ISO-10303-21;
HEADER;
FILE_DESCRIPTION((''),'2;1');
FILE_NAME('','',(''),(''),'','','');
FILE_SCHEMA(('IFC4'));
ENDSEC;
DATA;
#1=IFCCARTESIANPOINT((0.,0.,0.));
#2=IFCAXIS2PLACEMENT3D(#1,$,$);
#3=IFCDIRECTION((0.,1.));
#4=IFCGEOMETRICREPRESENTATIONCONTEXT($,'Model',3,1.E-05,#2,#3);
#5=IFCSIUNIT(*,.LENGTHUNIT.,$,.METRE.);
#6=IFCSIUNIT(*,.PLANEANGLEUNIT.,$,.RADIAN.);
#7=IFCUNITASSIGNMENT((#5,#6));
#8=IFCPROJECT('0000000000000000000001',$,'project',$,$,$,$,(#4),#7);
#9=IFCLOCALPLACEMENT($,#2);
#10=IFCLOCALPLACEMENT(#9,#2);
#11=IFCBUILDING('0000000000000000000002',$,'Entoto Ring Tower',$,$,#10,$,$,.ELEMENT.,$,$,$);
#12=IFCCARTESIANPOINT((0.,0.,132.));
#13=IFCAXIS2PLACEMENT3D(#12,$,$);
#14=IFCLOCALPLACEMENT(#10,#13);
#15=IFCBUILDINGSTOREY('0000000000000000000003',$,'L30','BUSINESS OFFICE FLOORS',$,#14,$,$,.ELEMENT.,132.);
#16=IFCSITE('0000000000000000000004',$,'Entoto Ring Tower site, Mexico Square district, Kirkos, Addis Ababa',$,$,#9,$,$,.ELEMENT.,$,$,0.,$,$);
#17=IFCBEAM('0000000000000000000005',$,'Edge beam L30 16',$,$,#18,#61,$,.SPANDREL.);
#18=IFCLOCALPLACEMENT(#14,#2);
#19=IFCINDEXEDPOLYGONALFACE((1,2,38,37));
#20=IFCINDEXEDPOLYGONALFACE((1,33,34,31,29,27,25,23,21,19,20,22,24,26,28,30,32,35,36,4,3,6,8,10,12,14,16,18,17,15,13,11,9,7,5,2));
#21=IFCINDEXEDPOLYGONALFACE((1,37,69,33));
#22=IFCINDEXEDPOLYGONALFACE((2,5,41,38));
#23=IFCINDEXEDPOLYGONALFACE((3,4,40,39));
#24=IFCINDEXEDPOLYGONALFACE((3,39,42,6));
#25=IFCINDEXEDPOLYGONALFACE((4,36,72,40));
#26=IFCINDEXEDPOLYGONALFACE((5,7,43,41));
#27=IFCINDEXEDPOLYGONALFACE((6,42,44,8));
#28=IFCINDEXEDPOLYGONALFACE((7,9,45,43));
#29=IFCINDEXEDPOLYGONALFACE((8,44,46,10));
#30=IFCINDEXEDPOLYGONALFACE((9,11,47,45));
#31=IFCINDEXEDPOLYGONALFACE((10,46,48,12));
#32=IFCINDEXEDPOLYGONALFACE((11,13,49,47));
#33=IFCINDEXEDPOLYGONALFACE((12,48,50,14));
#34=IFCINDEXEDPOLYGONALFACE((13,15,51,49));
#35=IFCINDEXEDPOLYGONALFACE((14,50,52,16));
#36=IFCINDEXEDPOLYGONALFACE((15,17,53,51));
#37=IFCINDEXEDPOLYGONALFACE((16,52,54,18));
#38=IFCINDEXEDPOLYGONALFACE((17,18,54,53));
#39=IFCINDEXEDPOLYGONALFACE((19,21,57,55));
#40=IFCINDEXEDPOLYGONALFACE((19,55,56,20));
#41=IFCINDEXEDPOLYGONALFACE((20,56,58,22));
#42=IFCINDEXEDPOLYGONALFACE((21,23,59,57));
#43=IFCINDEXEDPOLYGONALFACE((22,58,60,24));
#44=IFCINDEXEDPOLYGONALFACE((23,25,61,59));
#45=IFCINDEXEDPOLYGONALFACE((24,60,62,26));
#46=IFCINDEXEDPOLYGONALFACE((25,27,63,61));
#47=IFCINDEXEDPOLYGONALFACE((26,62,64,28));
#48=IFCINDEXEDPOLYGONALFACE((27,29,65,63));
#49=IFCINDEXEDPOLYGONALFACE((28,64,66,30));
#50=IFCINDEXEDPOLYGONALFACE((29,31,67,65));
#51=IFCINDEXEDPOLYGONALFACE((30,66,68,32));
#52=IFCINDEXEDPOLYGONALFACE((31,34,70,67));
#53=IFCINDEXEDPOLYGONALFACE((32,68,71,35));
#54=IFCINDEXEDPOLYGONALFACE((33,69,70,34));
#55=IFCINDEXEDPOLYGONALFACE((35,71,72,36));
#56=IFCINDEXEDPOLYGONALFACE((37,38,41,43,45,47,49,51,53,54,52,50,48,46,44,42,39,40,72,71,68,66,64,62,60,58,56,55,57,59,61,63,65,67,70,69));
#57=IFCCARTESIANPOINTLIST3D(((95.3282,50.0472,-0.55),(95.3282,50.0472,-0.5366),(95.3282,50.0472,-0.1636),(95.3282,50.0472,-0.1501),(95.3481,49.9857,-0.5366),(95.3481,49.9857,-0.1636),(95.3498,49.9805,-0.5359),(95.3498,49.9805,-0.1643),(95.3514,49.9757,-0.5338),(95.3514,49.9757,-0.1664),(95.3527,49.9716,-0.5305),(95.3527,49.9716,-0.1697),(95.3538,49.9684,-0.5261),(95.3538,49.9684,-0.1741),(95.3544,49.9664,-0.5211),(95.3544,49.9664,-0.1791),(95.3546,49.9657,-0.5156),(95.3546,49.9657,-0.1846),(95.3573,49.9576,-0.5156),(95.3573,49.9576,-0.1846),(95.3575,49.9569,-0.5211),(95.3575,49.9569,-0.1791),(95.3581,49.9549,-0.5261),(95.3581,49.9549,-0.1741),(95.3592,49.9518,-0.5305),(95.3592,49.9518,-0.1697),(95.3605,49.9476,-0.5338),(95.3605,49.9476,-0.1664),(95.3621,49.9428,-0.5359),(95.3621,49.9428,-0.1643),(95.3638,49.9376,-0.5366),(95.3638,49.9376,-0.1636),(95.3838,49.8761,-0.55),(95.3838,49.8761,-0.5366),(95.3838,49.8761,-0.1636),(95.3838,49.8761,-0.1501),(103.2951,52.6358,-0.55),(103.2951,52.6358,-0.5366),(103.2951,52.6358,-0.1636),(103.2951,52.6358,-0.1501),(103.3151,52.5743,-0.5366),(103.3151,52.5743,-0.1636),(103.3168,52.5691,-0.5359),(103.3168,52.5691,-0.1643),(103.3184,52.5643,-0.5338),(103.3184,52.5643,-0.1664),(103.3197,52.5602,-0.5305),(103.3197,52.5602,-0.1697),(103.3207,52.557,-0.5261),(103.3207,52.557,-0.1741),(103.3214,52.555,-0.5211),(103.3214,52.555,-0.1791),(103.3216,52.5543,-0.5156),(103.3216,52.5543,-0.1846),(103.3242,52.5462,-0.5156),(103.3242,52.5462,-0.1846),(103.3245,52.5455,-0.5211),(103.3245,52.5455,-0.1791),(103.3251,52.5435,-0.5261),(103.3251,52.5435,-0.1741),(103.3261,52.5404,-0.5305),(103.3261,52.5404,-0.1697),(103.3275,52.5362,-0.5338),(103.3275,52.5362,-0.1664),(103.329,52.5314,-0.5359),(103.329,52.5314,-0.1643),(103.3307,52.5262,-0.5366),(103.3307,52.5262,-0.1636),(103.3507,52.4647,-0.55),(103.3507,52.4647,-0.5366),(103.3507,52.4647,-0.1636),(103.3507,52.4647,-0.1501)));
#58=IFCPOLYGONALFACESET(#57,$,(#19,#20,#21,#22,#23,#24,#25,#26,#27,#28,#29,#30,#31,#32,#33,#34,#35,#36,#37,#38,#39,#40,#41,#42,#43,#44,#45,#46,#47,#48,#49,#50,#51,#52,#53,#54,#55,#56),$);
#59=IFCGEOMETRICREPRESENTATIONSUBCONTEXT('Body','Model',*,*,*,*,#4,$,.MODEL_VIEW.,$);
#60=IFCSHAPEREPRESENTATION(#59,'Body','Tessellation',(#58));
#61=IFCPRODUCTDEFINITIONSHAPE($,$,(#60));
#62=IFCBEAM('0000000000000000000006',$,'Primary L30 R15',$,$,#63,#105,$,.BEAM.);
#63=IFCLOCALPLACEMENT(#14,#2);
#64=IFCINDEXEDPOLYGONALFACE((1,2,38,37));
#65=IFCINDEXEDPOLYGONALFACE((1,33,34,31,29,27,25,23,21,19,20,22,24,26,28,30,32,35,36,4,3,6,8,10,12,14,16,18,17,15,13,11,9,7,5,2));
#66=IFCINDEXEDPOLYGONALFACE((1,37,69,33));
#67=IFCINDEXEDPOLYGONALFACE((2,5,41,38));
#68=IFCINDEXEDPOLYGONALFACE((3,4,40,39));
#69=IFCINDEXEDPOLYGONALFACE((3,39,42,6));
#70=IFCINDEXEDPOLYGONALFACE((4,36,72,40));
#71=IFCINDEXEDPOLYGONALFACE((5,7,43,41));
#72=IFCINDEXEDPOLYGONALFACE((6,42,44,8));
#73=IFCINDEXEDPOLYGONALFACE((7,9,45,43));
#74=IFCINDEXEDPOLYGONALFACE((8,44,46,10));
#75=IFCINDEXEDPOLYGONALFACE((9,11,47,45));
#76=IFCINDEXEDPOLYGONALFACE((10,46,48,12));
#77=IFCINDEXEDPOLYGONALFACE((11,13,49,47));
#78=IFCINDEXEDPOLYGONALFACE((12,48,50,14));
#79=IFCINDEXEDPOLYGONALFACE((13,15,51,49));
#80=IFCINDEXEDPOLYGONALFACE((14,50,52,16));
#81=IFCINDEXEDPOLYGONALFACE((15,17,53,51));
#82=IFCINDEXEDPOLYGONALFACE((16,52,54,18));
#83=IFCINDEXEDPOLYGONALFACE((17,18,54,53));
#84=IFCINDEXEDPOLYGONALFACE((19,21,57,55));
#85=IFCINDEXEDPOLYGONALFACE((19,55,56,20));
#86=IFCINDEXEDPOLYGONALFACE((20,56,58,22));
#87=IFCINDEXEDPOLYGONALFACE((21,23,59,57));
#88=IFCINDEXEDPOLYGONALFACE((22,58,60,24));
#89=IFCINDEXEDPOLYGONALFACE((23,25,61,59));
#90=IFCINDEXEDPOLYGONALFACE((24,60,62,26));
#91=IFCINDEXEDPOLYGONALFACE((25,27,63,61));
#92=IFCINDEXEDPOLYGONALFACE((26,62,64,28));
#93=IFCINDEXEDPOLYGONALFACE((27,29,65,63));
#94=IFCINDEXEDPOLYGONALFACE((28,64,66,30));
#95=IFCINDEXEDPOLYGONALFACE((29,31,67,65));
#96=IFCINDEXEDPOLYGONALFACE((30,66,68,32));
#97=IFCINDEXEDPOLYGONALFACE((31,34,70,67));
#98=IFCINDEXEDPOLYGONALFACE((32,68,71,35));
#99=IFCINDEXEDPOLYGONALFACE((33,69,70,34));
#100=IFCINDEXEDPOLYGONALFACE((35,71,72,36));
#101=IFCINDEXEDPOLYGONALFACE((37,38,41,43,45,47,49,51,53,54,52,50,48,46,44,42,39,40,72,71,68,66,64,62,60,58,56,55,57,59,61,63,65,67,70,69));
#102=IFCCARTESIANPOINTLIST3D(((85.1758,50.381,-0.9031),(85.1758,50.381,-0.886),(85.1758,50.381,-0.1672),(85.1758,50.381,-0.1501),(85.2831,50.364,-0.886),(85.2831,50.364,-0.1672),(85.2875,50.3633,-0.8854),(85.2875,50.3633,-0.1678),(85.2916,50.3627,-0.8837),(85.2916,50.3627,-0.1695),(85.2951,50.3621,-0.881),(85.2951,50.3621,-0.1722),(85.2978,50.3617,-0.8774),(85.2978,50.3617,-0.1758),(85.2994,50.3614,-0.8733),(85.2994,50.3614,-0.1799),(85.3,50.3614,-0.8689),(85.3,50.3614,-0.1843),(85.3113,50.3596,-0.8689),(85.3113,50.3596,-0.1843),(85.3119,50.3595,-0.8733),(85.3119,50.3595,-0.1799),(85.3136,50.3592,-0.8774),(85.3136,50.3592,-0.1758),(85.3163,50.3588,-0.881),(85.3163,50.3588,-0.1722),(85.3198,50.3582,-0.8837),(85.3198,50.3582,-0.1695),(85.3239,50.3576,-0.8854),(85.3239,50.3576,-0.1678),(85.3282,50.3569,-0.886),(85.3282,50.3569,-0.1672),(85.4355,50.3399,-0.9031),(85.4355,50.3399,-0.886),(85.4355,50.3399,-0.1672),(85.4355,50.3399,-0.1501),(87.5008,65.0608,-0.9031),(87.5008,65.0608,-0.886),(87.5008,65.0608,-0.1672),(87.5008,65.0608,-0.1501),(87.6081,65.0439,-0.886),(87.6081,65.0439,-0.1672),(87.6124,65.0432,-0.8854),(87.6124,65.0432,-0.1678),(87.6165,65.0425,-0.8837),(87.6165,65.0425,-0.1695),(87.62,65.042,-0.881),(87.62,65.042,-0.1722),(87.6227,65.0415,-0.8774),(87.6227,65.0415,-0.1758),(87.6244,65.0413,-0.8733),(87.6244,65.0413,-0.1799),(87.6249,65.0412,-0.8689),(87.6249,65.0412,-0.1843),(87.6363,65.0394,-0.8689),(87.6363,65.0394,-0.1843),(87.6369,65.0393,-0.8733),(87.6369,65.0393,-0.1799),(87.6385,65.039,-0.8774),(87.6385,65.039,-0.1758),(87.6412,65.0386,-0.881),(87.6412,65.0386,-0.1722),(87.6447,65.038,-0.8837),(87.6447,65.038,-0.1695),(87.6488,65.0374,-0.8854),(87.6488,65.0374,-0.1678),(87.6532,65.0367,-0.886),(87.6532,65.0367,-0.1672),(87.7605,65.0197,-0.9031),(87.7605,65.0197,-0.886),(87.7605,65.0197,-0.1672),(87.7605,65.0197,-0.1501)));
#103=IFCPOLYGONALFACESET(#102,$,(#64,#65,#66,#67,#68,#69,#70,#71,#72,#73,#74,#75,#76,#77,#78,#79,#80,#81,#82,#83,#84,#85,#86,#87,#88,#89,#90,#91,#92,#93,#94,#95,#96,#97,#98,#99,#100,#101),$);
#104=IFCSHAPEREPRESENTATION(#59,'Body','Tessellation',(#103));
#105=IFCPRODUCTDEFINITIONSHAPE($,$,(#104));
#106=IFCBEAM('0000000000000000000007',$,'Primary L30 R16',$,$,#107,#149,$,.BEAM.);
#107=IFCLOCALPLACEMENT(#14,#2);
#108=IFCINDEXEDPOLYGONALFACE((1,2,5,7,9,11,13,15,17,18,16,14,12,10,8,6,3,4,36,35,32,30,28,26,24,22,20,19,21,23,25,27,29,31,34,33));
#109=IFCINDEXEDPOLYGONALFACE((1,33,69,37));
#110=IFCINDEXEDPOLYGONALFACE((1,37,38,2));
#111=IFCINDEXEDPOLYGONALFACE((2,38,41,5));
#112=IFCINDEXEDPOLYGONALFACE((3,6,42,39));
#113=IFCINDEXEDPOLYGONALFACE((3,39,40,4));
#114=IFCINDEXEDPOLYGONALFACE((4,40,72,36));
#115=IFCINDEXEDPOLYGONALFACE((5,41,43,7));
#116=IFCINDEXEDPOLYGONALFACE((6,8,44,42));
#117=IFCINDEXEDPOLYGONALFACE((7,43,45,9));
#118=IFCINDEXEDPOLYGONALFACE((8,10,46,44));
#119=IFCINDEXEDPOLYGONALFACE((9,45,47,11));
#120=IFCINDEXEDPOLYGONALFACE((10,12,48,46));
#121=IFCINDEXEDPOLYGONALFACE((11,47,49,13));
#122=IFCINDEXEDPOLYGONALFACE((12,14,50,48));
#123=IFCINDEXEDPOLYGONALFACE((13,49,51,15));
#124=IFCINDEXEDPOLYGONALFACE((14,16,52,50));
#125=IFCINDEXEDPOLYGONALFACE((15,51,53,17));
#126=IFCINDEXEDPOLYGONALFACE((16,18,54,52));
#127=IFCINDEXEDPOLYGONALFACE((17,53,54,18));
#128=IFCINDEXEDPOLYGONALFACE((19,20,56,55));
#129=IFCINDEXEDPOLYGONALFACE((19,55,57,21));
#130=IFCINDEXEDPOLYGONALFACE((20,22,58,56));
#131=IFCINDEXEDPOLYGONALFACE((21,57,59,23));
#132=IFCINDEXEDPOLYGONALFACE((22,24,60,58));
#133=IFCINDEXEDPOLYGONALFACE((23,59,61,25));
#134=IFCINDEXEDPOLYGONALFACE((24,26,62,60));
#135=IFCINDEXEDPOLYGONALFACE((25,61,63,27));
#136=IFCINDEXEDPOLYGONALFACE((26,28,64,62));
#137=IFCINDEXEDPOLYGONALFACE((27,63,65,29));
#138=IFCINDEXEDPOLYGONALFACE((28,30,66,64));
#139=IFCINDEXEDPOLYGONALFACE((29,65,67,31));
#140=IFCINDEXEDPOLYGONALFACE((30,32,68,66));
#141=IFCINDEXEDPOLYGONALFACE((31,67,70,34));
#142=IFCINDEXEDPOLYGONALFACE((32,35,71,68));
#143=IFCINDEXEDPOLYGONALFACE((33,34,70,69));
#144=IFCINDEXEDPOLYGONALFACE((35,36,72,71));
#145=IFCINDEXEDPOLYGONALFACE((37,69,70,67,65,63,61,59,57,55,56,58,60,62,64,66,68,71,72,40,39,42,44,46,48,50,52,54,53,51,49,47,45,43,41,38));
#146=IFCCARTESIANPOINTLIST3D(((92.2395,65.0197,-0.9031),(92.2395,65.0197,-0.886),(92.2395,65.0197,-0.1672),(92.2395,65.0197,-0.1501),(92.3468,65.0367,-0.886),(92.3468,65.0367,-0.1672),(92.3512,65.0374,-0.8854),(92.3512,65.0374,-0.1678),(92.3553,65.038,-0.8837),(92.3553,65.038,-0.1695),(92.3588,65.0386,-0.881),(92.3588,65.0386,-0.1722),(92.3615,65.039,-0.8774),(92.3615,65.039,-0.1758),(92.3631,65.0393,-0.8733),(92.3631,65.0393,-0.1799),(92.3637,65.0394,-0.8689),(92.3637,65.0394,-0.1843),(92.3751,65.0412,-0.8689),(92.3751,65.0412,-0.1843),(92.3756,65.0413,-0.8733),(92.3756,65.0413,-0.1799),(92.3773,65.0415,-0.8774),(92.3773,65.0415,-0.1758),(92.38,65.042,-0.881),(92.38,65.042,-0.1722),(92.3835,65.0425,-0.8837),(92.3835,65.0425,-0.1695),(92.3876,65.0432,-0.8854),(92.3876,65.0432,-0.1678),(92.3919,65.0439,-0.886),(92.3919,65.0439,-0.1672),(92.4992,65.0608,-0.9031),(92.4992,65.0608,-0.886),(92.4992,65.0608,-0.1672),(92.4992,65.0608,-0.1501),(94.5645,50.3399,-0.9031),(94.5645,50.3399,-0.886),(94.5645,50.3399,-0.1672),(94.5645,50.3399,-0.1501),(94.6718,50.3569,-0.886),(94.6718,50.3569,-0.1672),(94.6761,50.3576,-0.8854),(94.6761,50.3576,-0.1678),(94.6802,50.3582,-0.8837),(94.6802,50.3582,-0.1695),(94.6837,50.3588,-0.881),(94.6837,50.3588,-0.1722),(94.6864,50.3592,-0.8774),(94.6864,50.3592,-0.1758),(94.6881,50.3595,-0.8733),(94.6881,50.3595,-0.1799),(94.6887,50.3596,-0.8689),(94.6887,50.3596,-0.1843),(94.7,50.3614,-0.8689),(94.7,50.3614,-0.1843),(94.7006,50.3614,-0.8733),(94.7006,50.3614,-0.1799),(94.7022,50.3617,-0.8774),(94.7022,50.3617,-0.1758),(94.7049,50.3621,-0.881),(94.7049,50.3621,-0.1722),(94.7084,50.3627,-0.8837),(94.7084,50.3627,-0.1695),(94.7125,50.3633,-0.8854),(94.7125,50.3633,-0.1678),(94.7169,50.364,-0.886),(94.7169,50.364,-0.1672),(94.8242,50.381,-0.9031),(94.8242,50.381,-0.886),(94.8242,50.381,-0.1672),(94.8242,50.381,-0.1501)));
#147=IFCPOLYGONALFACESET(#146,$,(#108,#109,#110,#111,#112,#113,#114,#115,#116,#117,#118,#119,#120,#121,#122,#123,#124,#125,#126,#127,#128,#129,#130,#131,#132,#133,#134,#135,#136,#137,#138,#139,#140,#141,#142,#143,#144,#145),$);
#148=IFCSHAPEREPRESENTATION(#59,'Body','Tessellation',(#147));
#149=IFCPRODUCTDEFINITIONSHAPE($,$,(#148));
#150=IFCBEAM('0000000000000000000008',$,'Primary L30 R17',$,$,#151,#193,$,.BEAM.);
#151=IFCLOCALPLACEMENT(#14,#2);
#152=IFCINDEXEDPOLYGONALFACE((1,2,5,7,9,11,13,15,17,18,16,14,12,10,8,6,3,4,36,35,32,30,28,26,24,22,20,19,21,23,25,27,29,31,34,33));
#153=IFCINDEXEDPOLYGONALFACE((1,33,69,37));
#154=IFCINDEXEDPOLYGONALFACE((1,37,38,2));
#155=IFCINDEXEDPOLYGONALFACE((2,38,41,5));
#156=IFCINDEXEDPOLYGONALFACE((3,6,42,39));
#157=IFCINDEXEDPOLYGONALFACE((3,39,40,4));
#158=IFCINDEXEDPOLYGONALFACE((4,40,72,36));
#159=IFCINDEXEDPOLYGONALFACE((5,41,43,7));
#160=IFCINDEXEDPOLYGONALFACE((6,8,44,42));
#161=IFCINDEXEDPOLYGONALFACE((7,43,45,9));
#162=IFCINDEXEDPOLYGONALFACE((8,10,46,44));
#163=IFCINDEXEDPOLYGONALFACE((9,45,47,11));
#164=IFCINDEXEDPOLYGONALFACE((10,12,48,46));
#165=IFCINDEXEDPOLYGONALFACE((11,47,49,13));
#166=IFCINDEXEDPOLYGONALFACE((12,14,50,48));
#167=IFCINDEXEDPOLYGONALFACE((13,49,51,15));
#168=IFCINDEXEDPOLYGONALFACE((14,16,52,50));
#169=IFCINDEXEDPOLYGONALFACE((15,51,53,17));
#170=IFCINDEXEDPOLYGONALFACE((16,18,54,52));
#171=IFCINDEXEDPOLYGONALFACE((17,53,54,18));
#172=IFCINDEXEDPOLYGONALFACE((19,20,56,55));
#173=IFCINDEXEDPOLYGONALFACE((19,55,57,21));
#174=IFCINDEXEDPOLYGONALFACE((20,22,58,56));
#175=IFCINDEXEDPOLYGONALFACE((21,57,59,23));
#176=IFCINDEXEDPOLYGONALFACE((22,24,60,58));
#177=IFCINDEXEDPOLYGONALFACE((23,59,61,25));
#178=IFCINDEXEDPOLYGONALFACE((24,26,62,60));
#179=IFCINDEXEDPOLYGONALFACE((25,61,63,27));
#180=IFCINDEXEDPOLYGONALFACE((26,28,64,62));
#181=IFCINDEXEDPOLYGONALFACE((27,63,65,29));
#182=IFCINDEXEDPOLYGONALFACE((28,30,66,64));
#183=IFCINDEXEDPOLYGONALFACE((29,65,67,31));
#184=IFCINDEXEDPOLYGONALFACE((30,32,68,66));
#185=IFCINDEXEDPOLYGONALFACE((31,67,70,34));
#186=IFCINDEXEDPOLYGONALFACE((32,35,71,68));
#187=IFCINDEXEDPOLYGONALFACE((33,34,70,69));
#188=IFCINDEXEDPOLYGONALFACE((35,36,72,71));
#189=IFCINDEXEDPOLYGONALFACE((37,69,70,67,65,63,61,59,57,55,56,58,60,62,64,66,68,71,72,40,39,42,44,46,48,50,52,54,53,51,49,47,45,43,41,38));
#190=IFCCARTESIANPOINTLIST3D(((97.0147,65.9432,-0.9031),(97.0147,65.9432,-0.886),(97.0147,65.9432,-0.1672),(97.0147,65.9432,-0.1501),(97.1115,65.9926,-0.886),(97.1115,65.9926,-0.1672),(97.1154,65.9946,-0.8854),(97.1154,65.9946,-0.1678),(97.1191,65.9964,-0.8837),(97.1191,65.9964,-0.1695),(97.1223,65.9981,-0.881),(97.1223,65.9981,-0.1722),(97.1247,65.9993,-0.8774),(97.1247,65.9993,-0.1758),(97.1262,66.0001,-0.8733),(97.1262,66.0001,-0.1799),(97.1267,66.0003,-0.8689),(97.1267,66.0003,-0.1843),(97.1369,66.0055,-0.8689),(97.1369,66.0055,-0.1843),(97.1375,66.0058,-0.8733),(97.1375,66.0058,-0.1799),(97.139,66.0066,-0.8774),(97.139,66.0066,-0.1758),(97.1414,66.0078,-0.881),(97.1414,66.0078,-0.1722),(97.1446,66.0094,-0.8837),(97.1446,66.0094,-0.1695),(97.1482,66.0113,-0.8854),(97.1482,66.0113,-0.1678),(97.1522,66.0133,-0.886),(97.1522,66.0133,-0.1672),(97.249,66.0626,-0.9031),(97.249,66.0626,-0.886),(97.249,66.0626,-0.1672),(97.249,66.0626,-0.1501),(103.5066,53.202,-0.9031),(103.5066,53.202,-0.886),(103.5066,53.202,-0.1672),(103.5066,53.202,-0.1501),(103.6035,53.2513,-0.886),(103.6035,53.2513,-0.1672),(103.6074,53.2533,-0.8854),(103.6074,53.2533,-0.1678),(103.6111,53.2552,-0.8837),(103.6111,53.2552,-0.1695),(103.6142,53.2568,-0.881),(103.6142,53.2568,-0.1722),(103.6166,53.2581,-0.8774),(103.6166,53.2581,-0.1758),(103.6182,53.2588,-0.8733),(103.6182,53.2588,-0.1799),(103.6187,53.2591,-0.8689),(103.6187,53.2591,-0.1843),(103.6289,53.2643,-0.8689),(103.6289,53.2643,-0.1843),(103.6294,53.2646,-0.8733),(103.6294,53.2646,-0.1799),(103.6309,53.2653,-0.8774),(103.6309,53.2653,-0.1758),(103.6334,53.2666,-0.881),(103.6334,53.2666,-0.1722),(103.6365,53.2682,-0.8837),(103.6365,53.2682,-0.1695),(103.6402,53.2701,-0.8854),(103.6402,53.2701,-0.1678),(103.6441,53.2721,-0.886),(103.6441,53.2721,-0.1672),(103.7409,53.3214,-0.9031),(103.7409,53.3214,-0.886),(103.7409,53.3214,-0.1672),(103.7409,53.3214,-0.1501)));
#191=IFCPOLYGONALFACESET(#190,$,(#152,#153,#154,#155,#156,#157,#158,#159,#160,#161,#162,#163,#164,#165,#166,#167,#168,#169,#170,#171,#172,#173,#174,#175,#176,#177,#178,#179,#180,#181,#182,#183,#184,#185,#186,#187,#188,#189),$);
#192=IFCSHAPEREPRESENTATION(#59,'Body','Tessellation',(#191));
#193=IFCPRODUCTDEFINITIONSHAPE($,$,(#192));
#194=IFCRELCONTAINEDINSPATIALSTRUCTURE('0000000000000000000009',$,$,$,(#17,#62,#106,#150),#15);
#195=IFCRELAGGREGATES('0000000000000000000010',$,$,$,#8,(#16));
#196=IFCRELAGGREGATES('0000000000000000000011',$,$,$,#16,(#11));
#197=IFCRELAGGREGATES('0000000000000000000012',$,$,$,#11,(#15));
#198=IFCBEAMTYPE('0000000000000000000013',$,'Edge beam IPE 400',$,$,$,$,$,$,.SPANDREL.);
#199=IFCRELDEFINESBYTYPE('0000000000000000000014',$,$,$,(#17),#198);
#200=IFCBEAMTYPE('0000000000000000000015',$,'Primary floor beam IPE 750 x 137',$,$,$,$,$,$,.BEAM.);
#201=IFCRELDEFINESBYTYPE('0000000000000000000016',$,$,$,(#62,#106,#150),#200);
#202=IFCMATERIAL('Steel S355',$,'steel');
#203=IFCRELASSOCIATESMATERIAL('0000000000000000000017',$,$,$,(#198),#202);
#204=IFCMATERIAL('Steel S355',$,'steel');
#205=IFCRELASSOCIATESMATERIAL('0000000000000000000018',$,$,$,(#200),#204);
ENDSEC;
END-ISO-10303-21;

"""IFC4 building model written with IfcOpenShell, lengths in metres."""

from ifc_helpers import new_model, si_unit, direction, frame, origin, origin_2d, place, context, subcontext, project, spatial, i_section, extrude, material, material_profile, profile_set, type_object, element, save


model = new_model("IFC4")

# Units and contexts
model_context = context("Model", 3, precision=1e-05, world=origin(), true_north=direction((0.0, 1.0)))
body_context = subcontext(model_context, "Body", "Model", "MODEL_VIEW")
ifc_project = project(units=[si_unit("LENGTHUNIT", "METRE"), si_unit("PLANEANGLEUNIT", "RADIAN")], contexts=[model_context])

# Site, building, storey
site_placement = place(None, origin())
site = spatial("IfcSite", under=ifc_project, at=site_placement, Name="Entoto Ring Tower site, Mexico Square district, Kirkos, Addis Ababa", CompositionType="ELEMENT", RefElevation=0.0)
building_placement = place(site_placement, origin())
building = spatial("IfcBuilding", under=site, at=building_placement, Name="Entoto Ring Tower", CompositionType="ELEMENT")
storey_placement = place(building_placement, frame((0.0, 0.0, 132.0)))
storey = spatial("IfcBuildingStorey", under=building, at=storey_placement, Name="L30", Description="BUSINESS OFFICE FLOORS", CompositionType="ELEMENT", Elevation=132.0)

# Beams
ifc_material_1 = material(Name="Steel S355", Category="steel")
ifc_material_profile_1 = material_profile(ifc_material_1, i_section(OverallWidth=0.1799, OverallDepth=0.3999, WebThickness=0.0085, FlangeThickness=0.0134, FilletRadius=0.021, at=origin_2d()), Name="IPE 400")
ifc_profile_set_1 = profile_set([ifc_material_profile_1], Name="Steel S355")
beam_type_1 = type_object("IfcBeamType", Name="Edge beam IPE 400", PredefinedType="SPANDREL", material=ifc_profile_set_1)
for number, where, z_axis, x_axis, name in (
    (1, (95.356, 49.9617, -0.3501), (0.951057, 0.309014, 0.0), (-0.309014, 0.951057, 0.0), "Edge beam L30 16"),
):
    element("IfcBeam", number, at=place(storey_placement, frame(where, z_axis=z_axis, x_axis=x_axis)), inside=storey, type_object=beam_type_1, Name=name, PredefinedType="SPANDREL", context=body_context, shape_type="SweptSolid", body=[
        extrude(i_section(OverallWidth=0.1799, OverallDepth=0.3999, WebThickness=0.0085, FlangeThickness=0.0134, FilletRadius=0.021, at=origin_2d()), origin(), (0.0, 0.0, 1.0), 8.377),
    ])
ifc_material_2 = material(Name="Steel S355", Category="steel")
ifc_material_profile_2 = material_profile(ifc_material_2, i_section(OverallWidth=0.2629, OverallDepth=0.7529, WebThickness=0.0115, FlangeThickness=0.0171, FilletRadius=0.0171, at=origin_2d()), Name="IPE 750 x 137")
ifc_profile_set_2 = profile_set([ifc_material_profile_2], Name="Steel S355")
beam_type_2 = type_object("IfcBeamType", Name="Primary floor beam IPE 750 x 137", PredefinedType="BEAM", material=ifc_profile_set_2)
for number, where, z_axis, x_axis, name in (
    (2, (87.6306, 65.0403, -0.5266), (-0.156426, -0.98769, 0.0), (0.98769, -0.156426, 0.0), "Primary L30 R15"),
    (3, (92.3694, 65.0403, -0.5266), (0.156426, -0.98769, 0.0), (0.98769, 0.156426, 0.0), "Primary L30 R16"),
):
    element("IfcBeam", number, at=place(storey_placement, frame(where, z_axis=z_axis, x_axis=x_axis)), inside=storey, type_object=beam_type_2, Name=name, PredefinedType="BEAM", context=body_context, shape_type="SweptSolid", body=[
        extrude(i_section(OverallWidth=0.2629, OverallDepth=0.7529, WebThickness=0.0115, FlangeThickness=0.0171, FilletRadius=0.0171, at=origin_2d()), origin(), (0.0, 0.0, 1.0), 14.8628),
    ])
beam_1_placement = place(storey_placement, frame((97.1318, 66.0029, -0.5266), z_axis=(0.453989, -0.891007, 0.0), x_axis=(0.891007, 0.453989, 0.0)))
element("IfcBeam", 4, at=beam_1_placement, inside=storey, type_object=beam_type_2, Name="Primary L30 R17", PredefinedType="BEAM", context=body_context, shape_type="SweptSolid", body=[
    extrude(i_section(OverallWidth=0.2629, OverallDepth=0.7529, WebThickness=0.0115, FlangeThickness=0.0171, FilletRadius=0.0171, at=origin_2d()), origin(), (0.0, 0.0, 1.0), 14.2998),
])

save(model, "model.ifc")
